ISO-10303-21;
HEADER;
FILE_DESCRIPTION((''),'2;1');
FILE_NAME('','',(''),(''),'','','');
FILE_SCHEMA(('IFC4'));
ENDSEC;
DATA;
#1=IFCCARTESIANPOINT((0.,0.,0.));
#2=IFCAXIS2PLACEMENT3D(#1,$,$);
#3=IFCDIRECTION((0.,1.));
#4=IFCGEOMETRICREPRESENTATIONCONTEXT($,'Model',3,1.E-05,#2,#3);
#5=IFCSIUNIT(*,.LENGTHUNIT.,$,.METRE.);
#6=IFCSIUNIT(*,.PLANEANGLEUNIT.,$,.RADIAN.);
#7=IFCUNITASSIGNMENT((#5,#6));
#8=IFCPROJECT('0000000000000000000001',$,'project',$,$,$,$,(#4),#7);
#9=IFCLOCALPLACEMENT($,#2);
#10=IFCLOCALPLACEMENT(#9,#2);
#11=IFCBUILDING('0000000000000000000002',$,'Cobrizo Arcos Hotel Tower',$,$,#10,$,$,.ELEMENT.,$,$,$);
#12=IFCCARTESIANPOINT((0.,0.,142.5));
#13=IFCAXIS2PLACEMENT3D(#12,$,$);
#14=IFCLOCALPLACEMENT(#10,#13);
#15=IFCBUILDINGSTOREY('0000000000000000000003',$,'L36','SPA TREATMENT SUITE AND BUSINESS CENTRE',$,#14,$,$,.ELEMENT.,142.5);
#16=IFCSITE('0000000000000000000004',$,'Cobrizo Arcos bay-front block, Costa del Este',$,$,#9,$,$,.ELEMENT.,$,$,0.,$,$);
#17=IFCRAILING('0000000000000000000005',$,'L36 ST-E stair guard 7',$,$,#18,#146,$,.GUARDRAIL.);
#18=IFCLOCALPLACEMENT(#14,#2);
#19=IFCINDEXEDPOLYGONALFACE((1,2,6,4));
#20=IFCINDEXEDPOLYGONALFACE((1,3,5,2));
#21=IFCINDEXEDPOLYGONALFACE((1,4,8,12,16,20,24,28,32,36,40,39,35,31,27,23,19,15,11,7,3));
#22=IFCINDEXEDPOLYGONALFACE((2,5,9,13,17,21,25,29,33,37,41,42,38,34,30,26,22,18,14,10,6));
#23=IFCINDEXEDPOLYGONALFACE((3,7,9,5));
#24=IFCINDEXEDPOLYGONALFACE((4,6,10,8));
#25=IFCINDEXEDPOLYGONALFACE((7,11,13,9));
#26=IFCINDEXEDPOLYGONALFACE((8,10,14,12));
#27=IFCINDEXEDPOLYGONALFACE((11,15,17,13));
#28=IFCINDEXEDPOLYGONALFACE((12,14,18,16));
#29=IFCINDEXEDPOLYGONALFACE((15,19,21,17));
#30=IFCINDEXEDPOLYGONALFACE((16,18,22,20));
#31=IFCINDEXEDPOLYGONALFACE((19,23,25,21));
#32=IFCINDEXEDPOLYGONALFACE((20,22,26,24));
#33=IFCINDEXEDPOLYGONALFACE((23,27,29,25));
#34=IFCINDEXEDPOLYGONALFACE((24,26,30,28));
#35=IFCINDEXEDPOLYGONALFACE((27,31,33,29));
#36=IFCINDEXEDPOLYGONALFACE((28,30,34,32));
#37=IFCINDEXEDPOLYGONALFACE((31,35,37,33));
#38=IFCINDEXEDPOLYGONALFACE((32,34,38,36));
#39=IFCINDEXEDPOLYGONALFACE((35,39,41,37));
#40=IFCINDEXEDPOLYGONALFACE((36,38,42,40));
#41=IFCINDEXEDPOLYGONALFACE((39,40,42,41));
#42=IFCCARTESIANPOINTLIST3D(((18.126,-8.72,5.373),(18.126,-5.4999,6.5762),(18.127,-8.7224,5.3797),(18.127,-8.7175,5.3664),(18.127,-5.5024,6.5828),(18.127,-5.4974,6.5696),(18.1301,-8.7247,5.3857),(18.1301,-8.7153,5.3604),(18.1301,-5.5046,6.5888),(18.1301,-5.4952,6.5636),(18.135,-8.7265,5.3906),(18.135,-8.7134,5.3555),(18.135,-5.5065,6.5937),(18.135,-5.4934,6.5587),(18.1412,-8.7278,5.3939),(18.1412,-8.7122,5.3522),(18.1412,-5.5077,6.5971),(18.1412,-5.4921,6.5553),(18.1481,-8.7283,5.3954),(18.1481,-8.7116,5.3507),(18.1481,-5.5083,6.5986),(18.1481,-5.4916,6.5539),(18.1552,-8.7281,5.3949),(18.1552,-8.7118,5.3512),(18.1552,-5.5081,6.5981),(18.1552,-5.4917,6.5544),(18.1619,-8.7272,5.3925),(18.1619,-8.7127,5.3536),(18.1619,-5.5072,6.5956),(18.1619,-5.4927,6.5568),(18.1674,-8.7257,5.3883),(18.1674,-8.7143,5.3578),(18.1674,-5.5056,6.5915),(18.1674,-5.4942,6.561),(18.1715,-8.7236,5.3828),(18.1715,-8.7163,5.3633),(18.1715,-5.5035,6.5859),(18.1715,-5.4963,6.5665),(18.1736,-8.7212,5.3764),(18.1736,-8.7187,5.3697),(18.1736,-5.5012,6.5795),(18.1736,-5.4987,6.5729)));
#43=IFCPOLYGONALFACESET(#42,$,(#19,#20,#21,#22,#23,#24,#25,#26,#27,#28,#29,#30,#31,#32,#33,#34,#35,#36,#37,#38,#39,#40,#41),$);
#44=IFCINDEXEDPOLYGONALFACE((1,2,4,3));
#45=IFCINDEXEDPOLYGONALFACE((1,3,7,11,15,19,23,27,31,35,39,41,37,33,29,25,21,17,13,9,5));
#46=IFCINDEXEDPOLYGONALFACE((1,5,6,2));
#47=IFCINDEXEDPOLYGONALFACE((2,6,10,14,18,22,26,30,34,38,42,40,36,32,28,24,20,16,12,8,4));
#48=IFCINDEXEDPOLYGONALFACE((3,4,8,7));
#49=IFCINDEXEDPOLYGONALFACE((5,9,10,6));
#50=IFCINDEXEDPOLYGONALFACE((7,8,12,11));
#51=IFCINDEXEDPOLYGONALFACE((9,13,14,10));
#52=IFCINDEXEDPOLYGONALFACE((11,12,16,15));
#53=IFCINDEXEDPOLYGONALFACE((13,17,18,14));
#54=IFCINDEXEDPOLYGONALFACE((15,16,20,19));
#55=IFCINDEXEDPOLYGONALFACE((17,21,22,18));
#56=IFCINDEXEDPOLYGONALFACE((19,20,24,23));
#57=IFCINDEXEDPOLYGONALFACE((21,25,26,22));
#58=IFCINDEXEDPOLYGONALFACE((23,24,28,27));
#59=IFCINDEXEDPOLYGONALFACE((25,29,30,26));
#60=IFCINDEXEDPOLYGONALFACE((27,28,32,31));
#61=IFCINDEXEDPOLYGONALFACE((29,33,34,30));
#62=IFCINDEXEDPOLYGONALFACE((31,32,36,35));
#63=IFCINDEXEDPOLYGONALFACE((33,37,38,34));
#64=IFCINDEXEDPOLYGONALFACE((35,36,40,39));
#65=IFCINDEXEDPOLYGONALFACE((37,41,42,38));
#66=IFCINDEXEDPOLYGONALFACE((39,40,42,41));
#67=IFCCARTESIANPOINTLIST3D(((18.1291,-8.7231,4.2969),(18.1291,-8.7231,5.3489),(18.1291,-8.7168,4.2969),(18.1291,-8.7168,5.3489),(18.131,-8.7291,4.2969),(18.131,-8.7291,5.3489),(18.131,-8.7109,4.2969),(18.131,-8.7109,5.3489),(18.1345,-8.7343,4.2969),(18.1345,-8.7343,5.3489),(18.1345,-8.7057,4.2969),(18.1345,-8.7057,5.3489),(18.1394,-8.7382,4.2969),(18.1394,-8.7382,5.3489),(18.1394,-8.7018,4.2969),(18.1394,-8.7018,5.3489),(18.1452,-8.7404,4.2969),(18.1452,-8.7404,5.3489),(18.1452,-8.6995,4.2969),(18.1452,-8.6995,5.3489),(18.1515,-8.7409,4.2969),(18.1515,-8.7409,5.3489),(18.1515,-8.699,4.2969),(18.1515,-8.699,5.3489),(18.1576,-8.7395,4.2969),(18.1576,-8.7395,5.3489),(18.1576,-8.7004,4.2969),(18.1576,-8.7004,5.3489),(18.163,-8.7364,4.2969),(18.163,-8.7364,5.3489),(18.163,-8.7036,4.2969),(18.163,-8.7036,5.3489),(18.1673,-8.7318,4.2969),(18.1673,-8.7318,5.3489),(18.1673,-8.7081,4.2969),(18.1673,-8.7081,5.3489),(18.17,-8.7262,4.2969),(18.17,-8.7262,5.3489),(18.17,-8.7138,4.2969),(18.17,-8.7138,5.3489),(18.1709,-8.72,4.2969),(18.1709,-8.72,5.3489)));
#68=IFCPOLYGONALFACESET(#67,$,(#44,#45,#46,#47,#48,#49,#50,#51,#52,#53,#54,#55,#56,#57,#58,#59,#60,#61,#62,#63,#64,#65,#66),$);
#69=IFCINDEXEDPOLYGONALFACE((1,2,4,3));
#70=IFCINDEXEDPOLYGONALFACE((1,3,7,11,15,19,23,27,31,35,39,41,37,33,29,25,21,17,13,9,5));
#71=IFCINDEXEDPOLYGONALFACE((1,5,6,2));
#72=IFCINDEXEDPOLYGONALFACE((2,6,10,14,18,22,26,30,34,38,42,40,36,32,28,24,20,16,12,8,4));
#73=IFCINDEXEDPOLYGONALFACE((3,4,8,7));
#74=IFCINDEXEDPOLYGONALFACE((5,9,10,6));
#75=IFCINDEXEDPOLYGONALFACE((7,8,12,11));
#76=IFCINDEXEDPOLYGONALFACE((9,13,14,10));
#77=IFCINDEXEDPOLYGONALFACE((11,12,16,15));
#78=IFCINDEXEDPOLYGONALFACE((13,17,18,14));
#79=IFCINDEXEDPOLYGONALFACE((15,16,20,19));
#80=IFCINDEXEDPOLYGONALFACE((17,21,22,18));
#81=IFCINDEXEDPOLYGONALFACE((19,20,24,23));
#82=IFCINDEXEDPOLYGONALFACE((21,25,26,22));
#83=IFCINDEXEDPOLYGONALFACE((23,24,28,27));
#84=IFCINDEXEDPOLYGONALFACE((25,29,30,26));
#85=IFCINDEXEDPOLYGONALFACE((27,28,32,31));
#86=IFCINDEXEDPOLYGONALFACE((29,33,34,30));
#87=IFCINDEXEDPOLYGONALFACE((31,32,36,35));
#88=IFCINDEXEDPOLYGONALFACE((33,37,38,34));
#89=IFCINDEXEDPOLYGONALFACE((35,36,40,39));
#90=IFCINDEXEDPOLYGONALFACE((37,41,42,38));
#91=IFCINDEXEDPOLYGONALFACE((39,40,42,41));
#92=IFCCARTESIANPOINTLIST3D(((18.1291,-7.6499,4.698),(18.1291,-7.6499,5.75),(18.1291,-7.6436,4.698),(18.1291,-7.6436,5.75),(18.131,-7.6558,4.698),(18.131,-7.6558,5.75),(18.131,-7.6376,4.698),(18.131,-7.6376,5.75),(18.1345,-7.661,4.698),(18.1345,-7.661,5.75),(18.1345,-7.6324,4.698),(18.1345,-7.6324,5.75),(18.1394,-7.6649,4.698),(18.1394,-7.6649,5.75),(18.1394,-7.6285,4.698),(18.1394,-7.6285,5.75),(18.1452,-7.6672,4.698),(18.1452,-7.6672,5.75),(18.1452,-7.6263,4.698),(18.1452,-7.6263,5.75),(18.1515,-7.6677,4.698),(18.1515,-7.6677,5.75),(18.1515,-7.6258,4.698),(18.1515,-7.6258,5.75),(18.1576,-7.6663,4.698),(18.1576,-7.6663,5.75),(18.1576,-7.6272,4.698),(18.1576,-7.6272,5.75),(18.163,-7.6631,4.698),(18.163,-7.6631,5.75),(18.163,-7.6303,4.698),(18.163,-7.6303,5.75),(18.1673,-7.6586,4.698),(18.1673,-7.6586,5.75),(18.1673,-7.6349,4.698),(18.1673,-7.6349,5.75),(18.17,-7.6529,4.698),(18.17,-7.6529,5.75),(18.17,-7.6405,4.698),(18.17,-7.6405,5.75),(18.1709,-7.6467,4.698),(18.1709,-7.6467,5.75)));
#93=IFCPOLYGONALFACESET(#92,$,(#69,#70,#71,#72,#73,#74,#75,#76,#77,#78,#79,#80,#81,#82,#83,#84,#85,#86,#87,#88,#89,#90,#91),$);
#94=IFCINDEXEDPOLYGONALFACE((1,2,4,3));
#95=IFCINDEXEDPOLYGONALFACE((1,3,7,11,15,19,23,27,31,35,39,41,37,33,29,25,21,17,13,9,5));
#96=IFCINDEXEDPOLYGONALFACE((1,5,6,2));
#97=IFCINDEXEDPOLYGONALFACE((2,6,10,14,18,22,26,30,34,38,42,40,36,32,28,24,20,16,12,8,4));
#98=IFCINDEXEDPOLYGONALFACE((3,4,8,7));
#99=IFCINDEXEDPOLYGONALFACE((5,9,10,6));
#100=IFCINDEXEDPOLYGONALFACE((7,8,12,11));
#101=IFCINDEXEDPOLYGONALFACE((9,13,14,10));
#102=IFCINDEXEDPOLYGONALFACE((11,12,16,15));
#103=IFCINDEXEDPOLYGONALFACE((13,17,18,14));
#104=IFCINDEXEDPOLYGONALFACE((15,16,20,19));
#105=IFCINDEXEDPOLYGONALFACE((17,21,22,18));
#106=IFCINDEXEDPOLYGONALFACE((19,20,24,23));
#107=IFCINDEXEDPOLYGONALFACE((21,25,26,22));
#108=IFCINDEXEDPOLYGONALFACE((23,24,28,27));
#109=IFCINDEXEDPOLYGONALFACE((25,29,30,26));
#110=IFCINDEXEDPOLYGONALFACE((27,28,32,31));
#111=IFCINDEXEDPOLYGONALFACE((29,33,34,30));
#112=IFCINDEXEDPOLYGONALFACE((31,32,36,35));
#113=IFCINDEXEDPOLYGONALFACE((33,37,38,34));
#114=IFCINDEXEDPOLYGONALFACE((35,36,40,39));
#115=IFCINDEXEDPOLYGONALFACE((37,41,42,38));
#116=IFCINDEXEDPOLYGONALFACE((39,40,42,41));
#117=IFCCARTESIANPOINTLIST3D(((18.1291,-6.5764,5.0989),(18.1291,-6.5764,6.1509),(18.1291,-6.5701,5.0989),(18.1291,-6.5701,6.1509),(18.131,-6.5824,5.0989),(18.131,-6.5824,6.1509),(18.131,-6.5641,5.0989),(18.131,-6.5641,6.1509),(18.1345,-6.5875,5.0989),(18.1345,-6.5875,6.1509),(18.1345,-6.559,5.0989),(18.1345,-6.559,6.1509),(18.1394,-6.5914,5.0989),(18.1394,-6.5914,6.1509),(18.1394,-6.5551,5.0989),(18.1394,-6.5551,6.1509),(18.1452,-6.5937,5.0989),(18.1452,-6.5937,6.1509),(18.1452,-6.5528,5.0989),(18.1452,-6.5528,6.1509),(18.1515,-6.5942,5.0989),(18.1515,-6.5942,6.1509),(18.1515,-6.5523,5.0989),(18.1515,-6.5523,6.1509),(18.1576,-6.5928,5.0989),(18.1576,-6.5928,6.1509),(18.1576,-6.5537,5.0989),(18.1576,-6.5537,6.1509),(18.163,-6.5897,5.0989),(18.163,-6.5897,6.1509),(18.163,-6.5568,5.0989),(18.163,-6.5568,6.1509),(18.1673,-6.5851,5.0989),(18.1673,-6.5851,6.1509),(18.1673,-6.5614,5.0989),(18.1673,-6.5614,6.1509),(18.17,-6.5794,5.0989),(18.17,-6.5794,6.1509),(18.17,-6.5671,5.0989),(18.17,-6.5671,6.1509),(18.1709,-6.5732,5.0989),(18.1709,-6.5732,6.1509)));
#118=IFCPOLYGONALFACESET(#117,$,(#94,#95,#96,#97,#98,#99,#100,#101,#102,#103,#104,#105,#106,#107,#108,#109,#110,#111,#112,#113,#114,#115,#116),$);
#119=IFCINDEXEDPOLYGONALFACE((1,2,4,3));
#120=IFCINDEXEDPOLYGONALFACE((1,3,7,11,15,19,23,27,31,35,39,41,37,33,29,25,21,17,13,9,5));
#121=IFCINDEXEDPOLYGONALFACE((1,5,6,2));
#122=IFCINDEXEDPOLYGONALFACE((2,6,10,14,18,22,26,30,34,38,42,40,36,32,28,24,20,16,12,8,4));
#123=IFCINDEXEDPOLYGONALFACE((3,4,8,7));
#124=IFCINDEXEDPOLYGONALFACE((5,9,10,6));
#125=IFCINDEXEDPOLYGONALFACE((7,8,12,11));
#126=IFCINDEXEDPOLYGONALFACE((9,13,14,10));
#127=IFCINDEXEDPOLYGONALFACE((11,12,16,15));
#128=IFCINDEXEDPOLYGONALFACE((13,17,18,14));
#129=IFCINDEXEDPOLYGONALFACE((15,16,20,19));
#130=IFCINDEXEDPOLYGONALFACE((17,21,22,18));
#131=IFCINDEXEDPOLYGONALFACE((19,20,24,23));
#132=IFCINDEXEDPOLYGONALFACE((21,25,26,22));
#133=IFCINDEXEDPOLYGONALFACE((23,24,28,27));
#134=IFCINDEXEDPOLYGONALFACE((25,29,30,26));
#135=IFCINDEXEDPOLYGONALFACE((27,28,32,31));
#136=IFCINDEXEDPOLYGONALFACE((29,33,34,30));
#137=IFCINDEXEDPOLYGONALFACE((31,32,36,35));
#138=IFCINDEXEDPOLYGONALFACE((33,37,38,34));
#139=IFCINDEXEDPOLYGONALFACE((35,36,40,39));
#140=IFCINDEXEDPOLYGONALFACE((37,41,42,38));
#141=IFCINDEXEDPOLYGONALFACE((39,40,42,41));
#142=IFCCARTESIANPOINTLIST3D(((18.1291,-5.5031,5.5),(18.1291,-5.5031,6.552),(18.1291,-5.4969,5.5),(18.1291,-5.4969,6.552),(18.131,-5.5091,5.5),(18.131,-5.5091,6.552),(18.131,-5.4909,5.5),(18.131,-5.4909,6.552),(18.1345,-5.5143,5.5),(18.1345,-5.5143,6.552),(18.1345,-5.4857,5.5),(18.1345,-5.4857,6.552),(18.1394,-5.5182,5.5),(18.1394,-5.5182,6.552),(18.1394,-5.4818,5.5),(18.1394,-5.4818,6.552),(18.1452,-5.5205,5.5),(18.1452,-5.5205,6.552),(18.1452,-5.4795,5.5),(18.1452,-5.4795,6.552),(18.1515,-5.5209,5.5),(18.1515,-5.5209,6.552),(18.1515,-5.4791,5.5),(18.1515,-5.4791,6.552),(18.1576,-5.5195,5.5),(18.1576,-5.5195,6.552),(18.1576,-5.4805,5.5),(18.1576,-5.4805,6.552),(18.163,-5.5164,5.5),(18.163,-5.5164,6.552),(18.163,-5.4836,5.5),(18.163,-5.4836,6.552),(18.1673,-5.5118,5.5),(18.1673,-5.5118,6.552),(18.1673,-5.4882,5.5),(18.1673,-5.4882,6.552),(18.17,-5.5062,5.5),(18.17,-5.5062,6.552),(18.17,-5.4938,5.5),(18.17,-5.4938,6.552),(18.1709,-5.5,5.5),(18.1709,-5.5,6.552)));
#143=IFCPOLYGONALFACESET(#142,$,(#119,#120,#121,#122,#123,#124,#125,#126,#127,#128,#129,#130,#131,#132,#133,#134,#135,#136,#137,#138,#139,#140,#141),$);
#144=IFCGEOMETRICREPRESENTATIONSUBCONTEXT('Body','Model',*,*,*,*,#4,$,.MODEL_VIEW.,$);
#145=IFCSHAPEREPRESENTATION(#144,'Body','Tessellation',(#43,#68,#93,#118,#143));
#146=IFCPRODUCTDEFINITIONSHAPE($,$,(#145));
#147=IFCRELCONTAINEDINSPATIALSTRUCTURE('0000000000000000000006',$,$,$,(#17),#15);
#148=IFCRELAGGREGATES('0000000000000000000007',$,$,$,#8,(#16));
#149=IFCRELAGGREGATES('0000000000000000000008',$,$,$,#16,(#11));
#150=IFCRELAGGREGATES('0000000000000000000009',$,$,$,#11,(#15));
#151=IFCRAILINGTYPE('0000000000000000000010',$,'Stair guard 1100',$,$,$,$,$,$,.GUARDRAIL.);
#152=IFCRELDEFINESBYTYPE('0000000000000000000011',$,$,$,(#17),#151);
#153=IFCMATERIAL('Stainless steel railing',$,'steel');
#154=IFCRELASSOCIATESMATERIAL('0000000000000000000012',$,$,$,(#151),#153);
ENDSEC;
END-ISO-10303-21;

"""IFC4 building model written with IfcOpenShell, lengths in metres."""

from ifc_helpers import new_model, si_unit, direction, frame, origin, origin_2d, place, context, subcontext, project, spatial, circle, extrude, material, type_object, element, save


model = new_model("IFC4")

# Units and contexts
model_context = context("Model", 3, precision=1e-05, world=origin(), true_north=direction((0.0, 1.0)))
body_context = subcontext(model_context, "Body", "Model", "MODEL_VIEW")
ifc_project = project(units=[si_unit("LENGTHUNIT", "METRE"), si_unit("PLANEANGLEUNIT", "RADIAN")], contexts=[model_context])

# Site, building, storey
site_placement = place(None, origin())
site = spatial("IfcSite", under=ifc_project, at=site_placement, Name="Cobrizo Arcos bay-front block, Costa del Este", CompositionType="ELEMENT", RefElevation=0.0)
building_placement = place(site_placement, origin())
building = spatial("IfcBuilding", under=site, at=building_placement, Name="Cobrizo Arcos Hotel Tower", CompositionType="ELEMENT")
storey_placement = place(building_placement, frame((0.0, 0.0, 142.5)))
storey = spatial("IfcBuildingStorey", under=building, at=storey_placement, Name="L36", Description="SPA TREATMENT SUITE AND BUSINESS CENTRE", CompositionType="ELEMENT", Elevation=142.5)

# Railing
ifc_material_1 = material(Name="Stainless steel railing", Category="steel")
railing_type_1 = type_object("IfcRailingType", Name="Stair guard 1100", PredefinedType="GUARDRAIL", material=ifc_material_1)
railing_1_placement = place(storey_placement, frame((18.1499, -8.72, 4.2969)))
element("IfcRailing", 1, at=railing_1_placement, inside=storey, type_object=railing_type_1, Name="L36 ST-E stair guard 7", PredefinedType="GUARDRAIL", context=body_context, shape_type="SweptSolid", body=[
    extrude(circle(Radius=0.0239, at=origin_2d()), frame((0.0, 0.0, 1.0762), z_axis=(0.0, 0.936746, 0.35001), x_axis=(-1.0, 0.0, 0.0)), (0.0, 0.0, 1.0), 3.4375),
    extrude(circle(Radius=0.021, at=origin_2d()), origin(), (0.0, 0.0, 1.0), 1.052),
    extrude(circle(Radius=0.021, at=origin_2d()), frame((0.0, 1.0732, 0.4011)), (0.0, 0.0, 1.0), 1.052),
    extrude(circle(Radius=0.021, at=origin_2d()), frame((0.0, 2.1467, 0.802)), (0.0, 0.0, 1.0), 1.052),
    extrude(circle(Radius=0.021, at=origin_2d()), frame((0.0, 3.22, 1.2031)), (0.0, 0.0, 1.0), 1.052),
])

save(model, "model.ifc")
